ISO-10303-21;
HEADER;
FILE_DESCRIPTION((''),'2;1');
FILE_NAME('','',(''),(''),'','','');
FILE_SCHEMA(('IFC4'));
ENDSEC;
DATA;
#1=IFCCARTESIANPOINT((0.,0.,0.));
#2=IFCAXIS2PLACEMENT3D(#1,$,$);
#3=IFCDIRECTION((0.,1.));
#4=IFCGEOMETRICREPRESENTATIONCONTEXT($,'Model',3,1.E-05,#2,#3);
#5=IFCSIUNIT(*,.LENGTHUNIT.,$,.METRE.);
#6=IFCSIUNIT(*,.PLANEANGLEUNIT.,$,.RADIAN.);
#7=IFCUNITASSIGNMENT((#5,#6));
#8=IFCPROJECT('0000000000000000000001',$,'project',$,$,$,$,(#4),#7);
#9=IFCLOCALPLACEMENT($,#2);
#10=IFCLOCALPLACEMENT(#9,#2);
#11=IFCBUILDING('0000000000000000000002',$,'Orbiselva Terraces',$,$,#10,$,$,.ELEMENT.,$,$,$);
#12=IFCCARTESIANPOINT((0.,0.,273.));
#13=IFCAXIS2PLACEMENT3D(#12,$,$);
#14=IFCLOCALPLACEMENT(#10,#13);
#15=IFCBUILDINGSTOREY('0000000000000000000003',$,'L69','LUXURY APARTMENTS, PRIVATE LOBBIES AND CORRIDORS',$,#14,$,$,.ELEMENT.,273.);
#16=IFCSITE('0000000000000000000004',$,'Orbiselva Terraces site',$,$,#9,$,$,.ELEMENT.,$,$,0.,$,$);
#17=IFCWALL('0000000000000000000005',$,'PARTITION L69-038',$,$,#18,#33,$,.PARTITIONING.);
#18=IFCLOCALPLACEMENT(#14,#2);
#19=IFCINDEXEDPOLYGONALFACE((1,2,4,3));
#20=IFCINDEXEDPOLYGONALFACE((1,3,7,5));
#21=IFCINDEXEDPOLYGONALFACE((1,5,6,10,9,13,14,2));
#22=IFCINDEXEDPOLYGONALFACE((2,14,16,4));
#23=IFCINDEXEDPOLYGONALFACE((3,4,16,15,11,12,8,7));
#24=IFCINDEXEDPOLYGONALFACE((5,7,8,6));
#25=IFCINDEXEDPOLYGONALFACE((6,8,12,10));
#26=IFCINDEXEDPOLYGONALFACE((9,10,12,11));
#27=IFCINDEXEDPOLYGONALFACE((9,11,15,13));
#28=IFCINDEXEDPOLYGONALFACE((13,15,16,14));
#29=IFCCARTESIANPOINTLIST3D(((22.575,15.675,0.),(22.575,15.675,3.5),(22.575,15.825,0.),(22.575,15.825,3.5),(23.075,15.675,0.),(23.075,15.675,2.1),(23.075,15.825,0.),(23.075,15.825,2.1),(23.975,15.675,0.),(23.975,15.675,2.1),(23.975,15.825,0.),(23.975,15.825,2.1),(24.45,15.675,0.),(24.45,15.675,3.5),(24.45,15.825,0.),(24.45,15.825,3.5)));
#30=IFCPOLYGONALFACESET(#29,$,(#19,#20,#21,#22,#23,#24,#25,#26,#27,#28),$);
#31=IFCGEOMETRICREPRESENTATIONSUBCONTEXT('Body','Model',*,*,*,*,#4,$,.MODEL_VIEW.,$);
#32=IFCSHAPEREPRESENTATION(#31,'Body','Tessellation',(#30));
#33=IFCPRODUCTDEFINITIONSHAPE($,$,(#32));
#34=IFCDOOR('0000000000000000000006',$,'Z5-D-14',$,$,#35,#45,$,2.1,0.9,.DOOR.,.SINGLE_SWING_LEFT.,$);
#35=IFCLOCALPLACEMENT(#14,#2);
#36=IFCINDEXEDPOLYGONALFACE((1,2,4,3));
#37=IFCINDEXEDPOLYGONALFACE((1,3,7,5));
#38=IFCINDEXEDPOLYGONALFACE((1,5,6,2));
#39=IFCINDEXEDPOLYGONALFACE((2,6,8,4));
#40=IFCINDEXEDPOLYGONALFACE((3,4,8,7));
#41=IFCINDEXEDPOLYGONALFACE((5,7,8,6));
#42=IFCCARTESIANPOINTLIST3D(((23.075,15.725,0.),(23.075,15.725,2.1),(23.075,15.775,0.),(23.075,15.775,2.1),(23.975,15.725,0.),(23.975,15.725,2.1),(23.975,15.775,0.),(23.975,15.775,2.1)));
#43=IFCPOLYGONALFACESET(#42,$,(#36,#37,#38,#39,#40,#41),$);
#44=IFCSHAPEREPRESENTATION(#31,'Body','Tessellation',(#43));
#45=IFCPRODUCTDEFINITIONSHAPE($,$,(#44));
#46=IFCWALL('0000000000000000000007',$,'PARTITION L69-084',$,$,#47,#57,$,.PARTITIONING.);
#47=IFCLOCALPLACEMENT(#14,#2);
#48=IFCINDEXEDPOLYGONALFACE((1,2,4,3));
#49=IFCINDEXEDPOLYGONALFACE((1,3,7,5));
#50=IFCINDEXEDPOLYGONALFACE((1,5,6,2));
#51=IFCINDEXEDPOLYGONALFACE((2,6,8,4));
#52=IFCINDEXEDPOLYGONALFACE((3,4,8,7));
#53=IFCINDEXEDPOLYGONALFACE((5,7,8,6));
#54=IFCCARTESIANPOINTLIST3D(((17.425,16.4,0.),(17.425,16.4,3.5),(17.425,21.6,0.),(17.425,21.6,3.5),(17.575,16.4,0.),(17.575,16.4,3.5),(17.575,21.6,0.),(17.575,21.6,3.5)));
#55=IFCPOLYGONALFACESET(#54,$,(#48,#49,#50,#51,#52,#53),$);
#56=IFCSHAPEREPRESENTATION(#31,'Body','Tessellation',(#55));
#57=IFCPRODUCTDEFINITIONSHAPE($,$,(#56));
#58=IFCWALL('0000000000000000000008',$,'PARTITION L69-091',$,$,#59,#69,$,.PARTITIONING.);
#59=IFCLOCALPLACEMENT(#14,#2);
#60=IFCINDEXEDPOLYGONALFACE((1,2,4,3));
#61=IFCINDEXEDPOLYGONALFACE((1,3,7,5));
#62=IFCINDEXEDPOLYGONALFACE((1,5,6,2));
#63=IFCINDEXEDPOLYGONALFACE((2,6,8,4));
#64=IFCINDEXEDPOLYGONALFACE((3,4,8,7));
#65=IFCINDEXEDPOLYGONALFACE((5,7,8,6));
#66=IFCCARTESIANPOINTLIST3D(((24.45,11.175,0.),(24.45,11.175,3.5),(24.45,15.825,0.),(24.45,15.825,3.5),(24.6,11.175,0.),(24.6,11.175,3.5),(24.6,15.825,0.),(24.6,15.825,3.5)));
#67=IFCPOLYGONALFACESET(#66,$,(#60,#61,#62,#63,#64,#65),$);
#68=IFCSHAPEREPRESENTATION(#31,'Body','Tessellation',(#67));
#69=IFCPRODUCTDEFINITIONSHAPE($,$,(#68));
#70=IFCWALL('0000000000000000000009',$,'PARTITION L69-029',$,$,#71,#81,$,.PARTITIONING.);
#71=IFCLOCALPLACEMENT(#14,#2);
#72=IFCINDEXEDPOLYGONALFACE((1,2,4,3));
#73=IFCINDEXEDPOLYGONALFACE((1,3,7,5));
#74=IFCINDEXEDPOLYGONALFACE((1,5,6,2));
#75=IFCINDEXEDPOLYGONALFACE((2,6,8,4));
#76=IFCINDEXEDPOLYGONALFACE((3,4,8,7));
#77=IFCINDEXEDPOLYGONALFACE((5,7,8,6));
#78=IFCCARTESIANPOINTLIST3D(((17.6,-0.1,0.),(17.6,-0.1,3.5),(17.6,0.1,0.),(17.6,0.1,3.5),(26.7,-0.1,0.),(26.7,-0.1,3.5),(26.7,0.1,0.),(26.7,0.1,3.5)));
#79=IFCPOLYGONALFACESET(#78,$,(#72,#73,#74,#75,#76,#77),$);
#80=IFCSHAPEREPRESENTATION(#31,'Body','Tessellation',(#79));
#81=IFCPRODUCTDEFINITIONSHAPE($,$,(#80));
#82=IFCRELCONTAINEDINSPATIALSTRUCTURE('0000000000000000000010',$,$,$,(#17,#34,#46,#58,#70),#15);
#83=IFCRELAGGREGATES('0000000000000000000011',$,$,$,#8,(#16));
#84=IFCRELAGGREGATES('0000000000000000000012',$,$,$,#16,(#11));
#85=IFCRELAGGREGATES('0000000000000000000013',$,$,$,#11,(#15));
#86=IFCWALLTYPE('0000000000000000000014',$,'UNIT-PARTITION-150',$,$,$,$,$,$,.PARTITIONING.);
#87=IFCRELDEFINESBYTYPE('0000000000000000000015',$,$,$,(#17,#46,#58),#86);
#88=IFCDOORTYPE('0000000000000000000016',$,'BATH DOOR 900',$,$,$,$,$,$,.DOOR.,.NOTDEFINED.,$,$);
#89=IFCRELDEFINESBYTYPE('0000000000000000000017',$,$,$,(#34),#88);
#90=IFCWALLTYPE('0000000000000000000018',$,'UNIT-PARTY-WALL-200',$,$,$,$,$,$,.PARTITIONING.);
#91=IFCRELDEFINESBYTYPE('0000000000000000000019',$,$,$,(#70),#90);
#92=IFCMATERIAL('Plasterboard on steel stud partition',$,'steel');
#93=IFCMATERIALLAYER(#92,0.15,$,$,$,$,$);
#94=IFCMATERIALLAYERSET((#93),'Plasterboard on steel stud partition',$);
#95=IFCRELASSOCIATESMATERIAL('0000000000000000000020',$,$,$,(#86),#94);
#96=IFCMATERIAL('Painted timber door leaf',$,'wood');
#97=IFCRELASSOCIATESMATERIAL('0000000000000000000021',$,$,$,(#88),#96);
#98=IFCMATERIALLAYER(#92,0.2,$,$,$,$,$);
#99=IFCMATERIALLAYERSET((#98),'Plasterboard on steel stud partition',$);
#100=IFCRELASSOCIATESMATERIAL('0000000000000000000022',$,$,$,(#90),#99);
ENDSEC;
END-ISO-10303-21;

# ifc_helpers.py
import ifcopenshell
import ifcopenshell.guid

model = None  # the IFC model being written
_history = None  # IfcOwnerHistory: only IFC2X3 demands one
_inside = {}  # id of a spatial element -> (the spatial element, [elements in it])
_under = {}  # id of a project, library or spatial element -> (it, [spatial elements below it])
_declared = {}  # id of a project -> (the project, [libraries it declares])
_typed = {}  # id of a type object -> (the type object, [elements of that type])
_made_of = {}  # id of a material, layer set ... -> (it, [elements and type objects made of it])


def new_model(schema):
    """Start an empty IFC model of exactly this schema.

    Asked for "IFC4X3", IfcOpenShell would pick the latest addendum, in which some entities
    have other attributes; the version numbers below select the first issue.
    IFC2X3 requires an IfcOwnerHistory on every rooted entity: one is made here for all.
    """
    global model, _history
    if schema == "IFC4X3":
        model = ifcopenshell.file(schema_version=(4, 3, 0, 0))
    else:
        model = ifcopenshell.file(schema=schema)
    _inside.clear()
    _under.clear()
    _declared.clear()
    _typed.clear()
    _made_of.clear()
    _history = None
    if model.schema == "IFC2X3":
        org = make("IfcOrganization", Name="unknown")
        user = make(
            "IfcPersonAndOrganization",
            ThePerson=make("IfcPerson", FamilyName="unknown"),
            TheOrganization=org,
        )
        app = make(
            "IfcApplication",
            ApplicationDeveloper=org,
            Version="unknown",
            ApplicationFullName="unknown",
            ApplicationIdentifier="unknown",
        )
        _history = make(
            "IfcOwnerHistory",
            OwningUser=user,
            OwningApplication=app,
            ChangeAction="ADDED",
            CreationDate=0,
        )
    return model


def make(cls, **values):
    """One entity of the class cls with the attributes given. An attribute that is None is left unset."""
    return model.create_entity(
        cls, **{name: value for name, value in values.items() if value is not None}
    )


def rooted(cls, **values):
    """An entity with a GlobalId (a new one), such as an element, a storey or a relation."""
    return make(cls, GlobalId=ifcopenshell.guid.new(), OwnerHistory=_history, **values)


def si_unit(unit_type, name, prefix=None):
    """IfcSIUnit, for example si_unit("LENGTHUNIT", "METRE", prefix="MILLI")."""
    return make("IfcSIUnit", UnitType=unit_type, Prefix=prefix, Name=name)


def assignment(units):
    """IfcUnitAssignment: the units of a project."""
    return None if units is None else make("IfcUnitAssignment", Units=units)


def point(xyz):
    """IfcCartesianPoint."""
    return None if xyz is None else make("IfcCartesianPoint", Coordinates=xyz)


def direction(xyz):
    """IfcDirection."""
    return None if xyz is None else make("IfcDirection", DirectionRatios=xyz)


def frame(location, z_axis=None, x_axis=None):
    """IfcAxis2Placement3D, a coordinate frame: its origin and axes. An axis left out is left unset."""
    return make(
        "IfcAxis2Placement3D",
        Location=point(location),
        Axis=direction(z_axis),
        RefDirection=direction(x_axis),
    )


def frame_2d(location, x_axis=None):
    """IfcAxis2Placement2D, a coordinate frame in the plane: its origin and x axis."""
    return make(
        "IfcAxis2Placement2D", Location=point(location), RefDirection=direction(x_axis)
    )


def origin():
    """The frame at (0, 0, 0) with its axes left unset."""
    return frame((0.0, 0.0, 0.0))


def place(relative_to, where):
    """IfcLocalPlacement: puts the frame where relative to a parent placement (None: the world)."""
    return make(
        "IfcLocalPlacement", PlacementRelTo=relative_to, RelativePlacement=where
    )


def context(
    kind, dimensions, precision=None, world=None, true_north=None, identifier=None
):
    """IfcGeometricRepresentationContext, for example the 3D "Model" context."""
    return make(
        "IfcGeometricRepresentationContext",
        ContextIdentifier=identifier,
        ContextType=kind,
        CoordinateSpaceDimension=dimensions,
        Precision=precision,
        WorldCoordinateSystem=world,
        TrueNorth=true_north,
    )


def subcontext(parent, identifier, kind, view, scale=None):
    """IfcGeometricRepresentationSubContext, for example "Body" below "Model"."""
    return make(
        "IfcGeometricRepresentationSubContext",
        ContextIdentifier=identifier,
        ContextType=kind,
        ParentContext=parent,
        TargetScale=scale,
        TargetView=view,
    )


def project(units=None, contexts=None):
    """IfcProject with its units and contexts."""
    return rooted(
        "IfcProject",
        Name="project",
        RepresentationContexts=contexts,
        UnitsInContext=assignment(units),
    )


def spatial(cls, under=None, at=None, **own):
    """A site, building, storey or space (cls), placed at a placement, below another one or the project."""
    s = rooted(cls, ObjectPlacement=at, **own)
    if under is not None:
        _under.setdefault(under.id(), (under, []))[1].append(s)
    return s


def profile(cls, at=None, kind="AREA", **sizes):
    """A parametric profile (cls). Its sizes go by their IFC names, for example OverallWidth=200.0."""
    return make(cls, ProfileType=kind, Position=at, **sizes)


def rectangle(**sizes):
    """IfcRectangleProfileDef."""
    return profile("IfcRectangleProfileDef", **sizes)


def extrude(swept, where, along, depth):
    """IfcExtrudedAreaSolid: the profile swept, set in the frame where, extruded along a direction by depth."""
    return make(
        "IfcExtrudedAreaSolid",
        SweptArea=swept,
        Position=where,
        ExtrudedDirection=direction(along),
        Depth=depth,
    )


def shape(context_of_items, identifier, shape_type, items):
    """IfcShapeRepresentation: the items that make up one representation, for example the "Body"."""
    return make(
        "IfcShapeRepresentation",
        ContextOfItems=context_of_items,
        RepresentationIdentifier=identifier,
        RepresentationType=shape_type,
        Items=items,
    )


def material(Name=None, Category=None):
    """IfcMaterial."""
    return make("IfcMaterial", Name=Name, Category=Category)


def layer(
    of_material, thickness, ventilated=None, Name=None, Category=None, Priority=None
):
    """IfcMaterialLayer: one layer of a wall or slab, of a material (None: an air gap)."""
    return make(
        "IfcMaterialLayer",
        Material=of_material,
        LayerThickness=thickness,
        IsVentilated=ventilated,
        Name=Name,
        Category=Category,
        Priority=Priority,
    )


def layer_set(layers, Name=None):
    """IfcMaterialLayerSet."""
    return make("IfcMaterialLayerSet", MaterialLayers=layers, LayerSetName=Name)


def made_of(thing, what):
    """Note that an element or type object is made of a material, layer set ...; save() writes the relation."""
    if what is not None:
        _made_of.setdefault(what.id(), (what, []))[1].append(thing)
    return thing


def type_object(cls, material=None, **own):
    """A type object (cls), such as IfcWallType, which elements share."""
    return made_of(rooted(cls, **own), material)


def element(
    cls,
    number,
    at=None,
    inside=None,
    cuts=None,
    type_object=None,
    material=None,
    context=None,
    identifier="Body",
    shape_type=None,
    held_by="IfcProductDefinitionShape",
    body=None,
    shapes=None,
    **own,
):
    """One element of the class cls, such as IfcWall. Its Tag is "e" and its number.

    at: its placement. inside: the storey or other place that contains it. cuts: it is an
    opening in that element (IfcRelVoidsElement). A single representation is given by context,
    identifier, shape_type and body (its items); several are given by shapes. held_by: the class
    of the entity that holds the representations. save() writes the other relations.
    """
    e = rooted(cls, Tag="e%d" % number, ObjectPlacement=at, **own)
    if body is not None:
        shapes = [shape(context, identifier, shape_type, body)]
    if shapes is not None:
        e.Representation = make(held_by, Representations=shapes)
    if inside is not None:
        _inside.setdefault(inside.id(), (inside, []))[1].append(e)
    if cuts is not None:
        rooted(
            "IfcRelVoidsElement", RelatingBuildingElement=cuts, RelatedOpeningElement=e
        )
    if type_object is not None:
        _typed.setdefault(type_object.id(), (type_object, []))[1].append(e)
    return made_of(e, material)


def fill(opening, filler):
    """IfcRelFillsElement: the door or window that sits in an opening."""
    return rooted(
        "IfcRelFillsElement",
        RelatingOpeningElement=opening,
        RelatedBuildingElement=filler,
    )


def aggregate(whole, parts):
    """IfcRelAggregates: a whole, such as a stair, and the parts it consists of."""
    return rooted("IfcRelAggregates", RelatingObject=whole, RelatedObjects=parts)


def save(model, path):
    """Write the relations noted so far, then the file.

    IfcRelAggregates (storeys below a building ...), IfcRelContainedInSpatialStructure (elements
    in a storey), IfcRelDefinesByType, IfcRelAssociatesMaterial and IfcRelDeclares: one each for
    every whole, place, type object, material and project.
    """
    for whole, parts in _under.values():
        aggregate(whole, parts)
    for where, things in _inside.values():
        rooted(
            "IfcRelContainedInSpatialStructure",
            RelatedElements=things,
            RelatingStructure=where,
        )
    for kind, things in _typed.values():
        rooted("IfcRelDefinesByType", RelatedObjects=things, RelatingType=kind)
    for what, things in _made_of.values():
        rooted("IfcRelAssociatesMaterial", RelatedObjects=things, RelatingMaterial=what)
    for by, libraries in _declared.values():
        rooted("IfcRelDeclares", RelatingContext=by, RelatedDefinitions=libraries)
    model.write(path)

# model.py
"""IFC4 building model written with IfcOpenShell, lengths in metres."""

from ifc_helpers import new_model, si_unit, direction, frame, frame_2d, origin, place, context, subcontext, project, spatial, rectangle, extrude, material, layer, layer_set, type_object, element, fill, save


model = new_model("IFC4")

# Units and contexts
model_context = context("Model", 3, precision=1e-05, world=origin(), true_north=direction((0.0, 1.0)))
body_context = subcontext(model_context, "Body", "Model", "MODEL_VIEW")
ifc_project = project(units=[si_unit("LENGTHUNIT", "METRE"), si_unit("PLANEANGLEUNIT", "RADIAN")], contexts=[model_context])

# Site, building, storey
site_placement = place(None, origin())
site = spatial("IfcSite", under=ifc_project, at=site_placement, Name="Orbiselva Terraces site", CompositionType="ELEMENT", RefElevation=0.0)
building_placement = place(site_placement, origin())
building = spatial("IfcBuilding", under=site, at=building_placement, Name="Orbiselva Terraces", CompositionType="ELEMENT")
storey_placement = place(building_placement, frame((0.0, 0.0, 273.0)))
storey = spatial("IfcBuildingStorey", under=building, at=storey_placement, Name="L69", Description="LUXURY APARTMENTS, PRIVATE LOBBIES AND CORRIDORS", CompositionType="ELEMENT", Elevation=273.0)

# Shared definitions
ifc_material_1 = material(Name="Plasterboard on steel stud partition", Category="steel")
ifc_material_2 = material(Name="Painted timber door leaf", Category="wood")

# Shared definitions
ifc_layer_1 = layer(ifc_material_1, 0.15)
ifc_layer_set_1 = layer_set([ifc_layer_1], Name="Plasterboard on steel stud partition")
wall_type_1 = type_object("IfcWallType", Name="UNIT-PARTITION-150", PredefinedType="PARTITIONING", material=ifc_layer_set_1)

# Shared definitions
door_type_1 = type_object("IfcDoorType", Name="BATH DOOR 900", OperationType="NOTDEFINED", PredefinedType="DOOR", material=ifc_material_2)

# Wall, opening, door
wall_1_placement = place(storey_placement, frame((24.45, 15.75, 0.0), z_axis=(0.0, 0.0, 1.0), x_axis=(-1.0, 0.0, 0.0)))
wall_1 = element("IfcWall", 1, at=wall_1_placement, inside=storey, type_object=wall_type_1, Name="PARTITION L69-038", PredefinedType="PARTITIONING", context=body_context, shape_type="SweptSolid", body=[
    extrude(rectangle(XDim=1.875, YDim=0.15, at=frame_2d((0.9375, 0.0))), origin(), (0.0, 0.0, 1.0), 3.5),
])
opening_1_placement = place(wall_1_placement, frame((0.475, 0.0, 0.0)))
opening_1 = element("IfcOpeningElement", 2, at=opening_1_placement, cuts=wall_1, PredefinedType="OPENING", context=body_context, shape_type="SweptSolid", body=[
    extrude(rectangle(XDim=0.9, YDim=2.1, at=frame_2d((0.45, 1.05))), frame((0.0, 0.085, 0.0), z_axis=(0.0, -1.0, 0.0), x_axis=(1.0, 0.0, 0.0)), (0.0, 0.0, 1.0), 0.17),
])
door_1_placement = place(opening_1_placement, origin())
door_1 = element("IfcDoor", 3, at=door_1_placement, inside=storey, type_object=door_type_1, Name="Z5-D-14", OperationType="SINGLE_SWING_LEFT", OverallHeight=2.1, OverallWidth=0.9, PredefinedType="DOOR", context=body_context, shape_type="SweptSolid", body=[
    extrude(rectangle(XDim=0.9, YDim=2.1, at=frame_2d((0.45, 1.05))), frame((0.0, 0.025, 0.0), z_axis=(0.0, -1.0, 0.0), x_axis=(1.0, 0.0, 0.0)), (0.0, 0.0, 1.0), 0.05),
])
fill(opening_1, door_1)

# Walls
wall_2_placement = place(storey_placement, frame((17.5, 16.4, 0.0), z_axis=(0.0, 0.0, 1.0), x_axis=(0.0, 1.0, 0.0)))
element("IfcWall", 4, at=wall_2_placement, inside=storey, type_object=wall_type_1, Name="PARTITION L69-084", PredefinedType="PARTITIONING", context=body_context, shape_type="SweptSolid", body=[
    extrude(rectangle(XDim=5.2, YDim=0.15, at=frame_2d((2.6, 0.0))), origin(), (0.0, 0.0, 1.0), 3.5),
])
wall_3_placement = place(storey_placement, frame((24.525, 11.175, 0.0), z_axis=(0.0, 0.0, 1.0), x_axis=(0.0, 1.0, 0.0)))
element("IfcWall", 5, at=wall_3_placement, inside=storey, type_object=wall_type_1, Name="PARTITION L69-091", PredefinedType="PARTITIONING", context=body_context, shape_type="SweptSolid", body=[
    extrude(rectangle(XDim=4.65, YDim=0.15, at=frame_2d((2.325, 0.0))), origin(), (0.0, 0.0, 1.0), 3.5),
])
ifc_layer_2 = layer(ifc_material_1, 0.2)
ifc_layer_set_2 = layer_set([ifc_layer_2], Name="Plasterboard on steel stud partition")
wall_type_2 = type_object("IfcWallType", Name="UNIT-PARTY-WALL-200", PredefinedType="PARTITIONING", material=ifc_layer_set_2)
wall_4_placement = place(storey_placement, frame((17.6, 0.0, 0.0), z_axis=(0.0, 0.0, 1.0), x_axis=(1.0, 0.0, 0.0)))
element("IfcWall", 6, at=wall_4_placement, inside=storey, type_object=wall_type_2, Name="PARTITION L69-029", PredefinedType="PARTITIONING", context=body_context, shape_type="SweptSolid", body=[
    extrude(rectangle(XDim=9.1, YDim=0.2, at=frame_2d((4.55, 0.0))), origin(), (0.0, 0.0, 1.0), 3.5),
])

save(model, "model.ifc")
